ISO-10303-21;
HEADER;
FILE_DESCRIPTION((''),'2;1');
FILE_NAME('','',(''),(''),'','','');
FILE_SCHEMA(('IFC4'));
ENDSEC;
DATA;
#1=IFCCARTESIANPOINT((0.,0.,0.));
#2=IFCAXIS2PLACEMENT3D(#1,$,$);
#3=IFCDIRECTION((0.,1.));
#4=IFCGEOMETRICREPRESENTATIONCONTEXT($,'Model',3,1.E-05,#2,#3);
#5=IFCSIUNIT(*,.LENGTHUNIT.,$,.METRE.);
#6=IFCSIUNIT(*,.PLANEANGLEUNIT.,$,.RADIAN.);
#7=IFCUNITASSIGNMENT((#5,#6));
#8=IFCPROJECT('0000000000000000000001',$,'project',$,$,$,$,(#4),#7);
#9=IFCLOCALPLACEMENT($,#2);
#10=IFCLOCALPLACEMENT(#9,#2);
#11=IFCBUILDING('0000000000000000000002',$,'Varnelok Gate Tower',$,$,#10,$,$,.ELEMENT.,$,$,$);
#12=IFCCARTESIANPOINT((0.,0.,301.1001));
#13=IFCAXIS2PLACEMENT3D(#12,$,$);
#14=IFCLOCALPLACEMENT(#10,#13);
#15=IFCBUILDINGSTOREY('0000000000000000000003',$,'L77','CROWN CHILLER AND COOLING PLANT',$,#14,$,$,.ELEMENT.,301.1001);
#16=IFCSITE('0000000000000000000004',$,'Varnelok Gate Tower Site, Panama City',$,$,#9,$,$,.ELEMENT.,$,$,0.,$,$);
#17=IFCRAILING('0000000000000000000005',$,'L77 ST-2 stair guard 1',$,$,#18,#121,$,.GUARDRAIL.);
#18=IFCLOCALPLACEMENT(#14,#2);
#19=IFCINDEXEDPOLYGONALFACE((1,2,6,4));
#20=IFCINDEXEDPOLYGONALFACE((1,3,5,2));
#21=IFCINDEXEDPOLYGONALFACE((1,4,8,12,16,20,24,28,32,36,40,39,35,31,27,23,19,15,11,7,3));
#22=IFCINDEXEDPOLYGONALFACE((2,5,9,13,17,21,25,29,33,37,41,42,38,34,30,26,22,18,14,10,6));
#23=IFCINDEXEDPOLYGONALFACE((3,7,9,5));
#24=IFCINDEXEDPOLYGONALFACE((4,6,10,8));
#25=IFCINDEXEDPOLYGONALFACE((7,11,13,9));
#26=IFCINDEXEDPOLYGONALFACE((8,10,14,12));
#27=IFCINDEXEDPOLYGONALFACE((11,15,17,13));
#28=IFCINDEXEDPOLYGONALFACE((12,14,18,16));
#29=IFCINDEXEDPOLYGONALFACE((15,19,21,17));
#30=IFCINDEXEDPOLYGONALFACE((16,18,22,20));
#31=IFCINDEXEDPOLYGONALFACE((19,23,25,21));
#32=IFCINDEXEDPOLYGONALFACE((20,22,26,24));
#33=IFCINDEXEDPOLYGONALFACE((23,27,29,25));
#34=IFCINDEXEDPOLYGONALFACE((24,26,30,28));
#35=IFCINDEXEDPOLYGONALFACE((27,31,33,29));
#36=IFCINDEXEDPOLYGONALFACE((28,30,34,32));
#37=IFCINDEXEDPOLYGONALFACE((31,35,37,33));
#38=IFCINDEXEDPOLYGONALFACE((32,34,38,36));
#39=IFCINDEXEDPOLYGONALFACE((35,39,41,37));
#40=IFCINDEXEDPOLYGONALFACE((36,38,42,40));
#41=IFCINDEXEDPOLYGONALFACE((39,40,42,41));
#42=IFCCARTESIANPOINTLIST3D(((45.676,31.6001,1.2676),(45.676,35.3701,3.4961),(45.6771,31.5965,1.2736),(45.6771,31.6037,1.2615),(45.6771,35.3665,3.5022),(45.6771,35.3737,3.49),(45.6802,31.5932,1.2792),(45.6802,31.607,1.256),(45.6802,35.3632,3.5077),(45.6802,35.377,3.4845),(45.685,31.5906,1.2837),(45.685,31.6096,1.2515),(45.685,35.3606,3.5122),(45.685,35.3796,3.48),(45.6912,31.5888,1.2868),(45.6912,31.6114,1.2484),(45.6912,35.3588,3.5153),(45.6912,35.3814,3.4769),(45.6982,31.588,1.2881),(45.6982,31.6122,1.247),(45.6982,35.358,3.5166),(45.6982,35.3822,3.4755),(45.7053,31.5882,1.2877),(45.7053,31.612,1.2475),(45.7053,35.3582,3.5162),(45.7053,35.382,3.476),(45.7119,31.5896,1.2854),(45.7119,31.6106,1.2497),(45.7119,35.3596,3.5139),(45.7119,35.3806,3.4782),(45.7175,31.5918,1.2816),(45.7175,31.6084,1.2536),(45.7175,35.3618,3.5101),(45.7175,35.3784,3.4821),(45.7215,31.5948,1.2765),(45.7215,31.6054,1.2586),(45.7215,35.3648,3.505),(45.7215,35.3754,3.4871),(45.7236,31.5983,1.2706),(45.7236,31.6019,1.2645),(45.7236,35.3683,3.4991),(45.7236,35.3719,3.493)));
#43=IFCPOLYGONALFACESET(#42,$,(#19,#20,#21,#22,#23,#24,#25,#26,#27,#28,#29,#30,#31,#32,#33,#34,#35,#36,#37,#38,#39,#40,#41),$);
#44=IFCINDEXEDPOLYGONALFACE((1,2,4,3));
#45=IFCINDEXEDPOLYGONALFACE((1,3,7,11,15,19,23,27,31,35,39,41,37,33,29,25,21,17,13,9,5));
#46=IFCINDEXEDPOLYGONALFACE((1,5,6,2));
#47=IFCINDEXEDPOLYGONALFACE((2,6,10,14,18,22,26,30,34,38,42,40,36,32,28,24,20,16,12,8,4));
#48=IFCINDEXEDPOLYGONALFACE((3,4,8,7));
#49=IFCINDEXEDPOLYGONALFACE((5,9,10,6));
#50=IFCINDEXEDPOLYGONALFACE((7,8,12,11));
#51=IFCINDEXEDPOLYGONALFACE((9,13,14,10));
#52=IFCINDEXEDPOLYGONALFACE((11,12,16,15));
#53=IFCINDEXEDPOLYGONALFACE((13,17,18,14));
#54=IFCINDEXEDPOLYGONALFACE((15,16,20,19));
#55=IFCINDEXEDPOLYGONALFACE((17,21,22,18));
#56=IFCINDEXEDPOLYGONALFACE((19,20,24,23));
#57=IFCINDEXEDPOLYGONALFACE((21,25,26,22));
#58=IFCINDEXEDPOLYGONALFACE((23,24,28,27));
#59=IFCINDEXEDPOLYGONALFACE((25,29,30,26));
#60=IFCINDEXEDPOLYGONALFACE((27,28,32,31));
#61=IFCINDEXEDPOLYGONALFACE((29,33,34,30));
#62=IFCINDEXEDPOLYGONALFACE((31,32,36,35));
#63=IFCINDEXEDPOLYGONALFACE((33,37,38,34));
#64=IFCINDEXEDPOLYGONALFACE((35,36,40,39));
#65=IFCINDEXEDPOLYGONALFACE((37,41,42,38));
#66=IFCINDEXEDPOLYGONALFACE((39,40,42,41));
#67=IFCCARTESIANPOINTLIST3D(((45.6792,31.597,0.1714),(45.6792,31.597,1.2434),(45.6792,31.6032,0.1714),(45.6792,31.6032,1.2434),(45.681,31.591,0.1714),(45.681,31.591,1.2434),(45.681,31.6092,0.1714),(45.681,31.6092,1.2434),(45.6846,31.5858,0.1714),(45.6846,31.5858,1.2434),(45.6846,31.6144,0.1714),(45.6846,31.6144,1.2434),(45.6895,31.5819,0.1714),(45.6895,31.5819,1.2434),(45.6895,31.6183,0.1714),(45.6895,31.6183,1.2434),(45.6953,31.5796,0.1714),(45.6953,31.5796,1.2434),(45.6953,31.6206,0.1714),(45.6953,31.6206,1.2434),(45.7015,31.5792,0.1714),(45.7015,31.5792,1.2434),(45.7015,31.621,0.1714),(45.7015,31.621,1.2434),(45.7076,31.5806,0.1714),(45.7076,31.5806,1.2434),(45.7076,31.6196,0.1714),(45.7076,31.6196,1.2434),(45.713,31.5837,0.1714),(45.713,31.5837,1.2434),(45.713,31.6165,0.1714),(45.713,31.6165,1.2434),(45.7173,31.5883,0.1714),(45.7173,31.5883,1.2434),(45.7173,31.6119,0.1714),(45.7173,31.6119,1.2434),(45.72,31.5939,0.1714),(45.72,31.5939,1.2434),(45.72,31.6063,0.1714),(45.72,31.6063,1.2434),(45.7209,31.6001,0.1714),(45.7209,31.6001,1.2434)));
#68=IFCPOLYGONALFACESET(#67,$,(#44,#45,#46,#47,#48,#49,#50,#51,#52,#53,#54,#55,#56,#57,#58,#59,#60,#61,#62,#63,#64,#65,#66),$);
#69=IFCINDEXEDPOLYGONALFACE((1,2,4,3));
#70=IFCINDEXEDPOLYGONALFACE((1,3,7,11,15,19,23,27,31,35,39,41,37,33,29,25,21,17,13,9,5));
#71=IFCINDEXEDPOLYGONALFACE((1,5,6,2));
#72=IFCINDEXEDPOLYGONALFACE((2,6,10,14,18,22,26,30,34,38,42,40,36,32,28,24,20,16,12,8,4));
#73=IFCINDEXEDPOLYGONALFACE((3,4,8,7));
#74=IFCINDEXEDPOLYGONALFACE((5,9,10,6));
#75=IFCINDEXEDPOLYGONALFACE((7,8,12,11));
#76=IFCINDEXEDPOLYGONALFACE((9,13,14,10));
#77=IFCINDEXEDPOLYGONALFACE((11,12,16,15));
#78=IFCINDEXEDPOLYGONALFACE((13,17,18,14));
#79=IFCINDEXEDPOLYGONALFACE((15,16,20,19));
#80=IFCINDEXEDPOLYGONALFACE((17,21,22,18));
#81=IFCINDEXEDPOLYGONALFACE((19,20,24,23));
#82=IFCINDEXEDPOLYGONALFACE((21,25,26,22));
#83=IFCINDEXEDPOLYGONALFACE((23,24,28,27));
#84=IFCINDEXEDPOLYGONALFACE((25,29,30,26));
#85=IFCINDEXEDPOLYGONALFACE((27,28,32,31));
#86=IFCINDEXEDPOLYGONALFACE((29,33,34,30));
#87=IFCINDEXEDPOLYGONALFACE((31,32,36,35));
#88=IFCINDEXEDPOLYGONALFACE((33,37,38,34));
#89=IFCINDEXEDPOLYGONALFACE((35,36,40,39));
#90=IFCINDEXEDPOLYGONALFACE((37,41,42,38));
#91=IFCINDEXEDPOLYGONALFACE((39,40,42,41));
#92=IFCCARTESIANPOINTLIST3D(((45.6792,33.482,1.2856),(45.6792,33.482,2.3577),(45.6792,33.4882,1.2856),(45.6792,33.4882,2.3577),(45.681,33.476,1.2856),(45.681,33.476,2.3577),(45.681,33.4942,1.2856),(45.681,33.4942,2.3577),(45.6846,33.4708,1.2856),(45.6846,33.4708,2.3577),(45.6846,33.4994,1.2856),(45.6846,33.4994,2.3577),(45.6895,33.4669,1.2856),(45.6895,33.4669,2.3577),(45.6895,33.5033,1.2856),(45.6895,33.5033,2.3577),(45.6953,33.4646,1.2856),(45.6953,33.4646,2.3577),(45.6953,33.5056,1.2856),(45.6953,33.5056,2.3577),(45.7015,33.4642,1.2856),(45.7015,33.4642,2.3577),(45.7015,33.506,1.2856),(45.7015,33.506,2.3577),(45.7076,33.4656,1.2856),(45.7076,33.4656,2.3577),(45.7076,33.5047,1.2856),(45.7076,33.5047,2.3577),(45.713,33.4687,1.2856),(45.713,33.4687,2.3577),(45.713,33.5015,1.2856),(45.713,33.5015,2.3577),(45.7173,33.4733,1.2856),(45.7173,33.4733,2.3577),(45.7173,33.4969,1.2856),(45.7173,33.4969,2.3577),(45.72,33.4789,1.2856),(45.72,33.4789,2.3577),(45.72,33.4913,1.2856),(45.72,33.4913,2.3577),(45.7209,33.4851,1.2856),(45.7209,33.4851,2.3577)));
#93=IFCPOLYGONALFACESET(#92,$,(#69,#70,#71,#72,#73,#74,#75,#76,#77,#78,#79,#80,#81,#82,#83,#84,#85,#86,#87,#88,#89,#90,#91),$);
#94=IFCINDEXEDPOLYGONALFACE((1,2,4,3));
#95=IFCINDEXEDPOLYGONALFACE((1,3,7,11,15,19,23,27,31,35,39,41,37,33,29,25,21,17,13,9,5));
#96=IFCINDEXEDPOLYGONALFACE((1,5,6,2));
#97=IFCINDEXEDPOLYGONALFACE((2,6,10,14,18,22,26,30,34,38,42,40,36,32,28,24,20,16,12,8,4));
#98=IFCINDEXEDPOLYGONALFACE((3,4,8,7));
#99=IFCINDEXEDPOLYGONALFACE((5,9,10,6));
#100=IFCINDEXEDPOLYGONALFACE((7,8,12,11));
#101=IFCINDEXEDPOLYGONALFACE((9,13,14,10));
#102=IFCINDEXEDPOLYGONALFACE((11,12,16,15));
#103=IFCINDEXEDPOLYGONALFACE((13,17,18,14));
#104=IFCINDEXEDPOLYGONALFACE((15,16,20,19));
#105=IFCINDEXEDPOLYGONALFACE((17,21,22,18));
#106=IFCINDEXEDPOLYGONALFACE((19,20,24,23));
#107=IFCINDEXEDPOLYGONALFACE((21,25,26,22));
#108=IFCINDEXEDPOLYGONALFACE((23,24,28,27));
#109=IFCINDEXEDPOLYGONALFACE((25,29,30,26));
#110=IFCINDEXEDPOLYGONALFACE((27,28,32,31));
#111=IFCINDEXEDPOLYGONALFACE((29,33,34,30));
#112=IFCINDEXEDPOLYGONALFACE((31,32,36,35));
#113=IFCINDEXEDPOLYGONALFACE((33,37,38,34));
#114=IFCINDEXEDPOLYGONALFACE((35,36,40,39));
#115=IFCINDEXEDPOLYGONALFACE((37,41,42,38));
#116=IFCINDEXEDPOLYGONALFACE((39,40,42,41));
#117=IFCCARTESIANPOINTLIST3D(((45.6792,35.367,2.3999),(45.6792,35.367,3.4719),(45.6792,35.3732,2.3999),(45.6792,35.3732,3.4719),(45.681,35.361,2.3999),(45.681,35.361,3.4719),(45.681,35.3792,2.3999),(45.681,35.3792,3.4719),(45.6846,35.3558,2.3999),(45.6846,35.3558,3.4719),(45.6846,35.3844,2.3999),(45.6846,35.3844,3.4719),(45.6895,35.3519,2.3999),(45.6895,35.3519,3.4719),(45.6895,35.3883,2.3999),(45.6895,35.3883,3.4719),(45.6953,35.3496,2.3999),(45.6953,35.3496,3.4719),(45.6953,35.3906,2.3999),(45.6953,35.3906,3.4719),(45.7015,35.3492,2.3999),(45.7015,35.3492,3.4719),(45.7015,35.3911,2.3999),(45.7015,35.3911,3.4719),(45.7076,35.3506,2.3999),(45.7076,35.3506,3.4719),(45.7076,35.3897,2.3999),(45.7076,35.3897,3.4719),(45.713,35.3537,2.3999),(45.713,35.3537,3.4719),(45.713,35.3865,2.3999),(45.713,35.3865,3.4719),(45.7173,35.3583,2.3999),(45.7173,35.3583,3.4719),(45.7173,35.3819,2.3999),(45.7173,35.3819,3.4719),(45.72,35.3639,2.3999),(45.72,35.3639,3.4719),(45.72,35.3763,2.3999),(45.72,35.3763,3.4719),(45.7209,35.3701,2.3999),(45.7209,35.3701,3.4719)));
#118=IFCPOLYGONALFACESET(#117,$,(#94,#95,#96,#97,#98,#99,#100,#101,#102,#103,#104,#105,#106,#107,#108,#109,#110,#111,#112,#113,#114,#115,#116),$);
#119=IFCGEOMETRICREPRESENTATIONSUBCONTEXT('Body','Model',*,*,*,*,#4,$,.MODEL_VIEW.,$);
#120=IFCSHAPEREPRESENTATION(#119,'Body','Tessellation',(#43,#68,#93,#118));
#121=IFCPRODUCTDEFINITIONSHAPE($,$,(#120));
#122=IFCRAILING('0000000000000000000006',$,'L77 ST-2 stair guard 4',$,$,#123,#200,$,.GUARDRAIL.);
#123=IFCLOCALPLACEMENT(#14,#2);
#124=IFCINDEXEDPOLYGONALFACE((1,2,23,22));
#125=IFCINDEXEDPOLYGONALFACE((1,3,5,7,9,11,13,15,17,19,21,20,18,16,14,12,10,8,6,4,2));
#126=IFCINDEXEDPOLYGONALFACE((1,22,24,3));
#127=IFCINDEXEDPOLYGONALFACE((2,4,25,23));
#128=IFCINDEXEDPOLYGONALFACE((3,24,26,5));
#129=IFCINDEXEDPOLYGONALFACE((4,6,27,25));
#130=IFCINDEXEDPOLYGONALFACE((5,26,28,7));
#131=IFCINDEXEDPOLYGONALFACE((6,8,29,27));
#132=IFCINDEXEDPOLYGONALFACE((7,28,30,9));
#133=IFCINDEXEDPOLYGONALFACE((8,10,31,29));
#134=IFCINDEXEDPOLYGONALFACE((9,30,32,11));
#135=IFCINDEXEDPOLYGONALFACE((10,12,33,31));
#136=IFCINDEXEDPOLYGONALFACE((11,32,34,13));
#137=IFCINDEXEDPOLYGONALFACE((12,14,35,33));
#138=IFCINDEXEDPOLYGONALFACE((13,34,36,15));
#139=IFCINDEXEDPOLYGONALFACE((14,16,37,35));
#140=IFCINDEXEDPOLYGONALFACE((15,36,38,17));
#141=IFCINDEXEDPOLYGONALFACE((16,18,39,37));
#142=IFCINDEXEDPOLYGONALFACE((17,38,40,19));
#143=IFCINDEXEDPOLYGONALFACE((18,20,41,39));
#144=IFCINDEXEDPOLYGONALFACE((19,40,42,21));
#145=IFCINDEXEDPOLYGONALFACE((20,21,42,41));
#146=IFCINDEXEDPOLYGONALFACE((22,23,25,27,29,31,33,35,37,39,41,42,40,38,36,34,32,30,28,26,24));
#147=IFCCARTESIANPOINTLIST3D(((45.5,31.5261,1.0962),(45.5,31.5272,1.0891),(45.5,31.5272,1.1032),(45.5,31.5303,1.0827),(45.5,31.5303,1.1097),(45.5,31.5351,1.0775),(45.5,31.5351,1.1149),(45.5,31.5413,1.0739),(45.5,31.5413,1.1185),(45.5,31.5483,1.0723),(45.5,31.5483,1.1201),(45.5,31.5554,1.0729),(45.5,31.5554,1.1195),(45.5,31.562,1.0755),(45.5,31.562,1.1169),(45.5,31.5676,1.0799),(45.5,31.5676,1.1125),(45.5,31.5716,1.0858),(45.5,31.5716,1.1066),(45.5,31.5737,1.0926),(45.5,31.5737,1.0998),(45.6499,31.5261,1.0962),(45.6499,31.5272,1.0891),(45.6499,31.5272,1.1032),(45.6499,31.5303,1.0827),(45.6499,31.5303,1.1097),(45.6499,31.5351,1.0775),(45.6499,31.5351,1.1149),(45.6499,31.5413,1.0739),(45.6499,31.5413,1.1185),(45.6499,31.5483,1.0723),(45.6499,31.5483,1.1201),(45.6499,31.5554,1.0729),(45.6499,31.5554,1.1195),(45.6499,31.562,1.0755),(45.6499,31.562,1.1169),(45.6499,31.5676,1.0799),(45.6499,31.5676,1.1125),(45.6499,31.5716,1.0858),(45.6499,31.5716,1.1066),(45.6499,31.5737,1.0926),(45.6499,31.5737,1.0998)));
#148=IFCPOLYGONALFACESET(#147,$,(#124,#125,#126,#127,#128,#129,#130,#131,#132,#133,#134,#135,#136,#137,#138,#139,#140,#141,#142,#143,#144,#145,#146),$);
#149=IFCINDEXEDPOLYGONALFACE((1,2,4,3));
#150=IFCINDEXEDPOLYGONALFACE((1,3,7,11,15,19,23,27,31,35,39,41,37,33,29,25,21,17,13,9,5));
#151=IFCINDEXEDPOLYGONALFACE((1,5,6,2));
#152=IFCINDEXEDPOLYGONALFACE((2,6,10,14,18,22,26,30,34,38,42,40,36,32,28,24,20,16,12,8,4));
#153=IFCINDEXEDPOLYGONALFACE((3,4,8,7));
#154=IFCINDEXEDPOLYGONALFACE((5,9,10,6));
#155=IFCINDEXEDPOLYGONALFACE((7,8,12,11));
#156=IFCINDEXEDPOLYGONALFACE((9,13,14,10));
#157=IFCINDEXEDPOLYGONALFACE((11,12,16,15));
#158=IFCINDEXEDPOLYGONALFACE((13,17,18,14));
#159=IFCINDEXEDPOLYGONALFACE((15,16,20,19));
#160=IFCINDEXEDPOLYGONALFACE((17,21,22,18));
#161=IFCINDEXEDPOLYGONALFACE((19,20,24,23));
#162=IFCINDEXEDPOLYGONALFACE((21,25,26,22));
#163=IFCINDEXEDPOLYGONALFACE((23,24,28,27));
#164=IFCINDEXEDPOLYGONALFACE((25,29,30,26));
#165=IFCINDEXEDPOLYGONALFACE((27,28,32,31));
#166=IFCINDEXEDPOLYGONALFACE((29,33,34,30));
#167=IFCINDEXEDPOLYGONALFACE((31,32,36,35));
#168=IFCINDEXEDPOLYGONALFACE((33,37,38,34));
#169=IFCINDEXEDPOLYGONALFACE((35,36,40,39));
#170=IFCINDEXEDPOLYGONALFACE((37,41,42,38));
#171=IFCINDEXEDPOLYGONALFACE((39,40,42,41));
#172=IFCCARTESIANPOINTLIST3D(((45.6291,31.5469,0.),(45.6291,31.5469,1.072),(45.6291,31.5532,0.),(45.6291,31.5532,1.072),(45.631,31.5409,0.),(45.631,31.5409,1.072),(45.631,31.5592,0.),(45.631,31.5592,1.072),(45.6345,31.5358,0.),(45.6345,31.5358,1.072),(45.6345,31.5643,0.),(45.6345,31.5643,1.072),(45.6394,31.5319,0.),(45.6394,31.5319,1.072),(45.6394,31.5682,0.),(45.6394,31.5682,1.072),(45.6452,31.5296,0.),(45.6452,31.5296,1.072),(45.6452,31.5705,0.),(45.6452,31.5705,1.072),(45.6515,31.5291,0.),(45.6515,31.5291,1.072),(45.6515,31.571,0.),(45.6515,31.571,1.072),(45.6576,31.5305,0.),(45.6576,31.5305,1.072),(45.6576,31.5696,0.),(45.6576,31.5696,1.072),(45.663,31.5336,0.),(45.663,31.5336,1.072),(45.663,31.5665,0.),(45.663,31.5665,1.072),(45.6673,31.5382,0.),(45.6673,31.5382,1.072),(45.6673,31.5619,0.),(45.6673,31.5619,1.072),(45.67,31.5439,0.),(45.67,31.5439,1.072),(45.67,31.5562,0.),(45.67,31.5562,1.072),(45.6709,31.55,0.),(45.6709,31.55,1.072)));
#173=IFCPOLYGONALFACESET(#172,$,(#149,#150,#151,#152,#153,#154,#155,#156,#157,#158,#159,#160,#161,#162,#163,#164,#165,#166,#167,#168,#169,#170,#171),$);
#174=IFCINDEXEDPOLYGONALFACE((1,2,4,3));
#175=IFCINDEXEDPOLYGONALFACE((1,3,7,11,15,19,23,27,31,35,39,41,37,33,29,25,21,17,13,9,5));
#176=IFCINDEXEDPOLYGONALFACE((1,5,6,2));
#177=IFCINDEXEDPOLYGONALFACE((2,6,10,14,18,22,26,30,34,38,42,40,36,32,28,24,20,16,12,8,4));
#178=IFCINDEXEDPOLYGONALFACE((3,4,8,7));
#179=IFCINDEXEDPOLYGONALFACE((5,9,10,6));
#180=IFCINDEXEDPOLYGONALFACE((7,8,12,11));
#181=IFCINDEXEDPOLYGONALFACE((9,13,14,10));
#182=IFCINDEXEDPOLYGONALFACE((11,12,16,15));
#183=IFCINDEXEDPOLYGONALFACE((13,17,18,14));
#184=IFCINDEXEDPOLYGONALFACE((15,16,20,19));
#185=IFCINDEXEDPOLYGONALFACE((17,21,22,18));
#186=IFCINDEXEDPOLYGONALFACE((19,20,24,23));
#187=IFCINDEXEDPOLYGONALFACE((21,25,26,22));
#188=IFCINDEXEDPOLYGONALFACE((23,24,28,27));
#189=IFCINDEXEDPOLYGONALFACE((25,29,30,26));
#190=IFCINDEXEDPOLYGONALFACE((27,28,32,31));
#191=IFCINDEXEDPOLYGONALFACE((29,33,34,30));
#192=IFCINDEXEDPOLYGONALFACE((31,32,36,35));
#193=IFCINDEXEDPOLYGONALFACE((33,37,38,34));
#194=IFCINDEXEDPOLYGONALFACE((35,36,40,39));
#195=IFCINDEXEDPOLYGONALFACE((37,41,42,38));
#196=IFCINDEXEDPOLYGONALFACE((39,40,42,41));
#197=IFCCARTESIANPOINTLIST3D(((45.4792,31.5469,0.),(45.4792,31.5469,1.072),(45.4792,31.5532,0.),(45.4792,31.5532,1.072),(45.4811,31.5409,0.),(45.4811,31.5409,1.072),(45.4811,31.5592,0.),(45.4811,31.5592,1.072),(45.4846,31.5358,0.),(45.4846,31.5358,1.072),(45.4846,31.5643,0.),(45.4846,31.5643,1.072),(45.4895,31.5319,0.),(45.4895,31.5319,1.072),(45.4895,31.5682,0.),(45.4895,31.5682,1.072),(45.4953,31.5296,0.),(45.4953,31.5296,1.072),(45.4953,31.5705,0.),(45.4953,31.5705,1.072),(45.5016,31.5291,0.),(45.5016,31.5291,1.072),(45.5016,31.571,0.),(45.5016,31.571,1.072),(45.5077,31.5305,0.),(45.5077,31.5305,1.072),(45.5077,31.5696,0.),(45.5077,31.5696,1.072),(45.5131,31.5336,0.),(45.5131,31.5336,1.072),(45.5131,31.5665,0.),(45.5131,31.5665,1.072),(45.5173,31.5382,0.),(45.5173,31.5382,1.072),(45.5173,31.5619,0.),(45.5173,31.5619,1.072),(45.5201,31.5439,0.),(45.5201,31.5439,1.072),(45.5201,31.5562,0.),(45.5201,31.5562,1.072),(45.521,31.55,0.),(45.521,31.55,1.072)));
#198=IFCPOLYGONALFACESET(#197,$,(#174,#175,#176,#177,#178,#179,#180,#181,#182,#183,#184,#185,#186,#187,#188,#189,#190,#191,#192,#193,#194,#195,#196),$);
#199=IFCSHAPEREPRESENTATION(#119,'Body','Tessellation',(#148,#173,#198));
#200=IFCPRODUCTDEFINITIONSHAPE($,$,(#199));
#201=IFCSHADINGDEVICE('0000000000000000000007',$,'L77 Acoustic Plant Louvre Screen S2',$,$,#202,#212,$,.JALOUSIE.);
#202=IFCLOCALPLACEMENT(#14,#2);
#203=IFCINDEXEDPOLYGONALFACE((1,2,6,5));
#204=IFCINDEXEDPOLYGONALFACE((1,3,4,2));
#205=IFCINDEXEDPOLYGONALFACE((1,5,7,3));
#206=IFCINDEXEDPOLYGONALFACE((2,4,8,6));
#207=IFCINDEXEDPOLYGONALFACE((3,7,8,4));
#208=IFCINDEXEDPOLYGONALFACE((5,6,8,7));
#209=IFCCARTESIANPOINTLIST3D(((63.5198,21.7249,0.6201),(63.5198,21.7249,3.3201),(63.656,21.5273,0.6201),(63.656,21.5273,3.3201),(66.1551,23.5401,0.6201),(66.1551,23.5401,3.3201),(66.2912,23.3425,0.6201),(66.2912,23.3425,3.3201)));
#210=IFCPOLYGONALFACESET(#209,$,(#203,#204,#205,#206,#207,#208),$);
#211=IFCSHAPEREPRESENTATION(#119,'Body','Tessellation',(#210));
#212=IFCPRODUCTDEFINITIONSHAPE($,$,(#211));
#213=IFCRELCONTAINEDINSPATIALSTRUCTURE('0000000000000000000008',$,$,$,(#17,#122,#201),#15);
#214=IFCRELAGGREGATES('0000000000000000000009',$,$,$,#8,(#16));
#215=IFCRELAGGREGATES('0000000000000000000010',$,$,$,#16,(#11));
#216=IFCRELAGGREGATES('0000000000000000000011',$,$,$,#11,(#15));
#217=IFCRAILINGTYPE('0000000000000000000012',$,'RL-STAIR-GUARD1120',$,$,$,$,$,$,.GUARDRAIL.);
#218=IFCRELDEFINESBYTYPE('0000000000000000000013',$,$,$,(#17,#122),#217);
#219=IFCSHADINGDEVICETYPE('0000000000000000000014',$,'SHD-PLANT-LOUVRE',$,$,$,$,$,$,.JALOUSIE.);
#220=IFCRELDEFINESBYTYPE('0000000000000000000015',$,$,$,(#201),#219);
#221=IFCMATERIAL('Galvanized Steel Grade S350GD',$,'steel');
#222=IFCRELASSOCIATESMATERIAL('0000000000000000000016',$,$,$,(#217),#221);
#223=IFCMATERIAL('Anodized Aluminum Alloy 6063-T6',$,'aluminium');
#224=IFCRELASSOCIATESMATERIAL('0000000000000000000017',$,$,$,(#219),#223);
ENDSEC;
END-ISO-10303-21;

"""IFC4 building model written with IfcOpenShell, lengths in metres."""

from ifc_helpers import new_model, si_unit, direction, frame, origin, origin_2d, place, context, subcontext, project, spatial, rectangle, circle, extrude, source, transform, mapped, material, type_object, element, save


model = new_model("IFC4")

# Units and contexts
model_context = context("Model", 3, precision=1e-05, world=origin(), true_north=direction((0.0, 1.0)))
body_context = subcontext(model_context, "Body", "Model", "MODEL_VIEW")
ifc_project = project(units=[si_unit("LENGTHUNIT", "METRE"), si_unit("PLANEANGLEUNIT", "RADIAN")], contexts=[model_context])

# Site, building, storey
site_placement = place(None, origin())
site = spatial("IfcSite", under=ifc_project, at=site_placement, Name="Varnelok Gate Tower Site, Panama City", CompositionType="ELEMENT", RefElevation=0.0)
building_placement = place(site_placement, origin())
building = spatial("IfcBuilding", under=site, at=building_placement, Name="Varnelok Gate Tower", CompositionType="ELEMENT")
storey_placement = place(building_placement, frame((0.0, 0.0, 301.1001)))
storey = spatial("IfcBuildingStorey", under=building, at=storey_placement, Name="L77", Description="CROWN CHILLER AND COOLING PLANT", CompositionType="ELEMENT", Elevation=301.1001)

# Railings
ifc_material_1 = material(Name="Galvanized Steel Grade S350GD", Category="steel")
railing_type = type_object("IfcRailingType", Name="RL-STAIR-GUARD1120", PredefinedType="GUARDRAIL", material=ifc_material_1)
railing_1_placement = place(storey_placement, frame((45.7, 31.6001, 0.1714)))
element("IfcRailing", 1, at=railing_1_placement, inside=storey, type_object=railing_type, Name="L77 ST-2 stair guard 1", PredefinedType="GUARDRAIL", context=body_context, shape_type="SweptSolid", body=[
    extrude(circle(Radius=0.0239, at=origin_2d()), frame((0.0, 0.0, 1.0962), z_axis=(0.0, 0.860849, 0.508861), x_axis=(-1.0, 0.0, 0.0)), (0.0, 0.0, 1.0), 4.3794),
    extrude(circle(Radius=0.021, at=origin_2d()), origin(), (0.0, 0.0, 1.0), 1.072),
    extrude(circle(Radius=0.021, at=origin_2d()), frame((0.0, 1.885, 1.1143)), (0.0, 0.0, 1.0), 1.072),
    extrude(circle(Radius=0.021, at=origin_2d()), frame((0.0, 3.77, 2.2285)), (0.0, 0.0, 1.0), 1.072),
])
railing_2_placement = place(storey_placement, frame((45.6499, 31.55, 0.0)))
element("IfcRailing", 2, at=railing_2_placement, inside=storey, type_object=railing_type, Name="L77 ST-2 stair guard 4", PredefinedType="GUARDRAIL", context=body_context, shape_type="SweptSolid", body=[
    extrude(circle(Radius=0.0239, at=origin_2d()), frame((0.0, 0.0, 1.0962), z_axis=(-1.0, 0.0, 0.0), x_axis=(0.0, -1.0, 0.0)), (0.0, 0.0, 1.0), 0.1499),
    extrude(circle(Radius=0.021, at=origin_2d()), origin(), (0.0, 0.0, 1.0), 1.072),
    extrude(circle(Radius=0.021, at=origin_2d()), frame((-0.1499, 0.0, 0.0)), (0.0, 0.0, 1.0), 1.072),
])

# Shading device
ifc_material_2 = material(Name="Anodized Aluminum Alloy 6063-T6", Category="aluminium")
shading_device_type = type_object("IfcShadingDeviceType", Name="SHD-PLANT-LOUVRE", PredefinedType="JALOUSIE", material=ifc_material_2)
shared_shape_1 = source(origin(), body_context, "Body", "SweptSolid", [
    extrude(rectangle(XDim=3.2, YDim=0.24, at=origin_2d()), origin(), (0.0, 0.0, 1.0), 2.7),
])
shading_device_placement = place(storey_placement, frame((64.9055, 22.5337, 0.6201), z_axis=(0.0, 0.0, 1.0), x_axis=(0.823533, 0.567269, 0.0)))
element("IfcShadingDevice", 3, at=shading_device_placement, inside=storey, type_object=shading_device_type, Name="L77 Acoustic Plant Louvre Screen S2", PredefinedType="JALOUSIE", context=body_context, shape_type="MappedRepresentation", body=[
    mapped(shared_shape_1, transform((0.0, 0.0, 0.0), scale=1.0)),
])

save(model, "model.ifc")
